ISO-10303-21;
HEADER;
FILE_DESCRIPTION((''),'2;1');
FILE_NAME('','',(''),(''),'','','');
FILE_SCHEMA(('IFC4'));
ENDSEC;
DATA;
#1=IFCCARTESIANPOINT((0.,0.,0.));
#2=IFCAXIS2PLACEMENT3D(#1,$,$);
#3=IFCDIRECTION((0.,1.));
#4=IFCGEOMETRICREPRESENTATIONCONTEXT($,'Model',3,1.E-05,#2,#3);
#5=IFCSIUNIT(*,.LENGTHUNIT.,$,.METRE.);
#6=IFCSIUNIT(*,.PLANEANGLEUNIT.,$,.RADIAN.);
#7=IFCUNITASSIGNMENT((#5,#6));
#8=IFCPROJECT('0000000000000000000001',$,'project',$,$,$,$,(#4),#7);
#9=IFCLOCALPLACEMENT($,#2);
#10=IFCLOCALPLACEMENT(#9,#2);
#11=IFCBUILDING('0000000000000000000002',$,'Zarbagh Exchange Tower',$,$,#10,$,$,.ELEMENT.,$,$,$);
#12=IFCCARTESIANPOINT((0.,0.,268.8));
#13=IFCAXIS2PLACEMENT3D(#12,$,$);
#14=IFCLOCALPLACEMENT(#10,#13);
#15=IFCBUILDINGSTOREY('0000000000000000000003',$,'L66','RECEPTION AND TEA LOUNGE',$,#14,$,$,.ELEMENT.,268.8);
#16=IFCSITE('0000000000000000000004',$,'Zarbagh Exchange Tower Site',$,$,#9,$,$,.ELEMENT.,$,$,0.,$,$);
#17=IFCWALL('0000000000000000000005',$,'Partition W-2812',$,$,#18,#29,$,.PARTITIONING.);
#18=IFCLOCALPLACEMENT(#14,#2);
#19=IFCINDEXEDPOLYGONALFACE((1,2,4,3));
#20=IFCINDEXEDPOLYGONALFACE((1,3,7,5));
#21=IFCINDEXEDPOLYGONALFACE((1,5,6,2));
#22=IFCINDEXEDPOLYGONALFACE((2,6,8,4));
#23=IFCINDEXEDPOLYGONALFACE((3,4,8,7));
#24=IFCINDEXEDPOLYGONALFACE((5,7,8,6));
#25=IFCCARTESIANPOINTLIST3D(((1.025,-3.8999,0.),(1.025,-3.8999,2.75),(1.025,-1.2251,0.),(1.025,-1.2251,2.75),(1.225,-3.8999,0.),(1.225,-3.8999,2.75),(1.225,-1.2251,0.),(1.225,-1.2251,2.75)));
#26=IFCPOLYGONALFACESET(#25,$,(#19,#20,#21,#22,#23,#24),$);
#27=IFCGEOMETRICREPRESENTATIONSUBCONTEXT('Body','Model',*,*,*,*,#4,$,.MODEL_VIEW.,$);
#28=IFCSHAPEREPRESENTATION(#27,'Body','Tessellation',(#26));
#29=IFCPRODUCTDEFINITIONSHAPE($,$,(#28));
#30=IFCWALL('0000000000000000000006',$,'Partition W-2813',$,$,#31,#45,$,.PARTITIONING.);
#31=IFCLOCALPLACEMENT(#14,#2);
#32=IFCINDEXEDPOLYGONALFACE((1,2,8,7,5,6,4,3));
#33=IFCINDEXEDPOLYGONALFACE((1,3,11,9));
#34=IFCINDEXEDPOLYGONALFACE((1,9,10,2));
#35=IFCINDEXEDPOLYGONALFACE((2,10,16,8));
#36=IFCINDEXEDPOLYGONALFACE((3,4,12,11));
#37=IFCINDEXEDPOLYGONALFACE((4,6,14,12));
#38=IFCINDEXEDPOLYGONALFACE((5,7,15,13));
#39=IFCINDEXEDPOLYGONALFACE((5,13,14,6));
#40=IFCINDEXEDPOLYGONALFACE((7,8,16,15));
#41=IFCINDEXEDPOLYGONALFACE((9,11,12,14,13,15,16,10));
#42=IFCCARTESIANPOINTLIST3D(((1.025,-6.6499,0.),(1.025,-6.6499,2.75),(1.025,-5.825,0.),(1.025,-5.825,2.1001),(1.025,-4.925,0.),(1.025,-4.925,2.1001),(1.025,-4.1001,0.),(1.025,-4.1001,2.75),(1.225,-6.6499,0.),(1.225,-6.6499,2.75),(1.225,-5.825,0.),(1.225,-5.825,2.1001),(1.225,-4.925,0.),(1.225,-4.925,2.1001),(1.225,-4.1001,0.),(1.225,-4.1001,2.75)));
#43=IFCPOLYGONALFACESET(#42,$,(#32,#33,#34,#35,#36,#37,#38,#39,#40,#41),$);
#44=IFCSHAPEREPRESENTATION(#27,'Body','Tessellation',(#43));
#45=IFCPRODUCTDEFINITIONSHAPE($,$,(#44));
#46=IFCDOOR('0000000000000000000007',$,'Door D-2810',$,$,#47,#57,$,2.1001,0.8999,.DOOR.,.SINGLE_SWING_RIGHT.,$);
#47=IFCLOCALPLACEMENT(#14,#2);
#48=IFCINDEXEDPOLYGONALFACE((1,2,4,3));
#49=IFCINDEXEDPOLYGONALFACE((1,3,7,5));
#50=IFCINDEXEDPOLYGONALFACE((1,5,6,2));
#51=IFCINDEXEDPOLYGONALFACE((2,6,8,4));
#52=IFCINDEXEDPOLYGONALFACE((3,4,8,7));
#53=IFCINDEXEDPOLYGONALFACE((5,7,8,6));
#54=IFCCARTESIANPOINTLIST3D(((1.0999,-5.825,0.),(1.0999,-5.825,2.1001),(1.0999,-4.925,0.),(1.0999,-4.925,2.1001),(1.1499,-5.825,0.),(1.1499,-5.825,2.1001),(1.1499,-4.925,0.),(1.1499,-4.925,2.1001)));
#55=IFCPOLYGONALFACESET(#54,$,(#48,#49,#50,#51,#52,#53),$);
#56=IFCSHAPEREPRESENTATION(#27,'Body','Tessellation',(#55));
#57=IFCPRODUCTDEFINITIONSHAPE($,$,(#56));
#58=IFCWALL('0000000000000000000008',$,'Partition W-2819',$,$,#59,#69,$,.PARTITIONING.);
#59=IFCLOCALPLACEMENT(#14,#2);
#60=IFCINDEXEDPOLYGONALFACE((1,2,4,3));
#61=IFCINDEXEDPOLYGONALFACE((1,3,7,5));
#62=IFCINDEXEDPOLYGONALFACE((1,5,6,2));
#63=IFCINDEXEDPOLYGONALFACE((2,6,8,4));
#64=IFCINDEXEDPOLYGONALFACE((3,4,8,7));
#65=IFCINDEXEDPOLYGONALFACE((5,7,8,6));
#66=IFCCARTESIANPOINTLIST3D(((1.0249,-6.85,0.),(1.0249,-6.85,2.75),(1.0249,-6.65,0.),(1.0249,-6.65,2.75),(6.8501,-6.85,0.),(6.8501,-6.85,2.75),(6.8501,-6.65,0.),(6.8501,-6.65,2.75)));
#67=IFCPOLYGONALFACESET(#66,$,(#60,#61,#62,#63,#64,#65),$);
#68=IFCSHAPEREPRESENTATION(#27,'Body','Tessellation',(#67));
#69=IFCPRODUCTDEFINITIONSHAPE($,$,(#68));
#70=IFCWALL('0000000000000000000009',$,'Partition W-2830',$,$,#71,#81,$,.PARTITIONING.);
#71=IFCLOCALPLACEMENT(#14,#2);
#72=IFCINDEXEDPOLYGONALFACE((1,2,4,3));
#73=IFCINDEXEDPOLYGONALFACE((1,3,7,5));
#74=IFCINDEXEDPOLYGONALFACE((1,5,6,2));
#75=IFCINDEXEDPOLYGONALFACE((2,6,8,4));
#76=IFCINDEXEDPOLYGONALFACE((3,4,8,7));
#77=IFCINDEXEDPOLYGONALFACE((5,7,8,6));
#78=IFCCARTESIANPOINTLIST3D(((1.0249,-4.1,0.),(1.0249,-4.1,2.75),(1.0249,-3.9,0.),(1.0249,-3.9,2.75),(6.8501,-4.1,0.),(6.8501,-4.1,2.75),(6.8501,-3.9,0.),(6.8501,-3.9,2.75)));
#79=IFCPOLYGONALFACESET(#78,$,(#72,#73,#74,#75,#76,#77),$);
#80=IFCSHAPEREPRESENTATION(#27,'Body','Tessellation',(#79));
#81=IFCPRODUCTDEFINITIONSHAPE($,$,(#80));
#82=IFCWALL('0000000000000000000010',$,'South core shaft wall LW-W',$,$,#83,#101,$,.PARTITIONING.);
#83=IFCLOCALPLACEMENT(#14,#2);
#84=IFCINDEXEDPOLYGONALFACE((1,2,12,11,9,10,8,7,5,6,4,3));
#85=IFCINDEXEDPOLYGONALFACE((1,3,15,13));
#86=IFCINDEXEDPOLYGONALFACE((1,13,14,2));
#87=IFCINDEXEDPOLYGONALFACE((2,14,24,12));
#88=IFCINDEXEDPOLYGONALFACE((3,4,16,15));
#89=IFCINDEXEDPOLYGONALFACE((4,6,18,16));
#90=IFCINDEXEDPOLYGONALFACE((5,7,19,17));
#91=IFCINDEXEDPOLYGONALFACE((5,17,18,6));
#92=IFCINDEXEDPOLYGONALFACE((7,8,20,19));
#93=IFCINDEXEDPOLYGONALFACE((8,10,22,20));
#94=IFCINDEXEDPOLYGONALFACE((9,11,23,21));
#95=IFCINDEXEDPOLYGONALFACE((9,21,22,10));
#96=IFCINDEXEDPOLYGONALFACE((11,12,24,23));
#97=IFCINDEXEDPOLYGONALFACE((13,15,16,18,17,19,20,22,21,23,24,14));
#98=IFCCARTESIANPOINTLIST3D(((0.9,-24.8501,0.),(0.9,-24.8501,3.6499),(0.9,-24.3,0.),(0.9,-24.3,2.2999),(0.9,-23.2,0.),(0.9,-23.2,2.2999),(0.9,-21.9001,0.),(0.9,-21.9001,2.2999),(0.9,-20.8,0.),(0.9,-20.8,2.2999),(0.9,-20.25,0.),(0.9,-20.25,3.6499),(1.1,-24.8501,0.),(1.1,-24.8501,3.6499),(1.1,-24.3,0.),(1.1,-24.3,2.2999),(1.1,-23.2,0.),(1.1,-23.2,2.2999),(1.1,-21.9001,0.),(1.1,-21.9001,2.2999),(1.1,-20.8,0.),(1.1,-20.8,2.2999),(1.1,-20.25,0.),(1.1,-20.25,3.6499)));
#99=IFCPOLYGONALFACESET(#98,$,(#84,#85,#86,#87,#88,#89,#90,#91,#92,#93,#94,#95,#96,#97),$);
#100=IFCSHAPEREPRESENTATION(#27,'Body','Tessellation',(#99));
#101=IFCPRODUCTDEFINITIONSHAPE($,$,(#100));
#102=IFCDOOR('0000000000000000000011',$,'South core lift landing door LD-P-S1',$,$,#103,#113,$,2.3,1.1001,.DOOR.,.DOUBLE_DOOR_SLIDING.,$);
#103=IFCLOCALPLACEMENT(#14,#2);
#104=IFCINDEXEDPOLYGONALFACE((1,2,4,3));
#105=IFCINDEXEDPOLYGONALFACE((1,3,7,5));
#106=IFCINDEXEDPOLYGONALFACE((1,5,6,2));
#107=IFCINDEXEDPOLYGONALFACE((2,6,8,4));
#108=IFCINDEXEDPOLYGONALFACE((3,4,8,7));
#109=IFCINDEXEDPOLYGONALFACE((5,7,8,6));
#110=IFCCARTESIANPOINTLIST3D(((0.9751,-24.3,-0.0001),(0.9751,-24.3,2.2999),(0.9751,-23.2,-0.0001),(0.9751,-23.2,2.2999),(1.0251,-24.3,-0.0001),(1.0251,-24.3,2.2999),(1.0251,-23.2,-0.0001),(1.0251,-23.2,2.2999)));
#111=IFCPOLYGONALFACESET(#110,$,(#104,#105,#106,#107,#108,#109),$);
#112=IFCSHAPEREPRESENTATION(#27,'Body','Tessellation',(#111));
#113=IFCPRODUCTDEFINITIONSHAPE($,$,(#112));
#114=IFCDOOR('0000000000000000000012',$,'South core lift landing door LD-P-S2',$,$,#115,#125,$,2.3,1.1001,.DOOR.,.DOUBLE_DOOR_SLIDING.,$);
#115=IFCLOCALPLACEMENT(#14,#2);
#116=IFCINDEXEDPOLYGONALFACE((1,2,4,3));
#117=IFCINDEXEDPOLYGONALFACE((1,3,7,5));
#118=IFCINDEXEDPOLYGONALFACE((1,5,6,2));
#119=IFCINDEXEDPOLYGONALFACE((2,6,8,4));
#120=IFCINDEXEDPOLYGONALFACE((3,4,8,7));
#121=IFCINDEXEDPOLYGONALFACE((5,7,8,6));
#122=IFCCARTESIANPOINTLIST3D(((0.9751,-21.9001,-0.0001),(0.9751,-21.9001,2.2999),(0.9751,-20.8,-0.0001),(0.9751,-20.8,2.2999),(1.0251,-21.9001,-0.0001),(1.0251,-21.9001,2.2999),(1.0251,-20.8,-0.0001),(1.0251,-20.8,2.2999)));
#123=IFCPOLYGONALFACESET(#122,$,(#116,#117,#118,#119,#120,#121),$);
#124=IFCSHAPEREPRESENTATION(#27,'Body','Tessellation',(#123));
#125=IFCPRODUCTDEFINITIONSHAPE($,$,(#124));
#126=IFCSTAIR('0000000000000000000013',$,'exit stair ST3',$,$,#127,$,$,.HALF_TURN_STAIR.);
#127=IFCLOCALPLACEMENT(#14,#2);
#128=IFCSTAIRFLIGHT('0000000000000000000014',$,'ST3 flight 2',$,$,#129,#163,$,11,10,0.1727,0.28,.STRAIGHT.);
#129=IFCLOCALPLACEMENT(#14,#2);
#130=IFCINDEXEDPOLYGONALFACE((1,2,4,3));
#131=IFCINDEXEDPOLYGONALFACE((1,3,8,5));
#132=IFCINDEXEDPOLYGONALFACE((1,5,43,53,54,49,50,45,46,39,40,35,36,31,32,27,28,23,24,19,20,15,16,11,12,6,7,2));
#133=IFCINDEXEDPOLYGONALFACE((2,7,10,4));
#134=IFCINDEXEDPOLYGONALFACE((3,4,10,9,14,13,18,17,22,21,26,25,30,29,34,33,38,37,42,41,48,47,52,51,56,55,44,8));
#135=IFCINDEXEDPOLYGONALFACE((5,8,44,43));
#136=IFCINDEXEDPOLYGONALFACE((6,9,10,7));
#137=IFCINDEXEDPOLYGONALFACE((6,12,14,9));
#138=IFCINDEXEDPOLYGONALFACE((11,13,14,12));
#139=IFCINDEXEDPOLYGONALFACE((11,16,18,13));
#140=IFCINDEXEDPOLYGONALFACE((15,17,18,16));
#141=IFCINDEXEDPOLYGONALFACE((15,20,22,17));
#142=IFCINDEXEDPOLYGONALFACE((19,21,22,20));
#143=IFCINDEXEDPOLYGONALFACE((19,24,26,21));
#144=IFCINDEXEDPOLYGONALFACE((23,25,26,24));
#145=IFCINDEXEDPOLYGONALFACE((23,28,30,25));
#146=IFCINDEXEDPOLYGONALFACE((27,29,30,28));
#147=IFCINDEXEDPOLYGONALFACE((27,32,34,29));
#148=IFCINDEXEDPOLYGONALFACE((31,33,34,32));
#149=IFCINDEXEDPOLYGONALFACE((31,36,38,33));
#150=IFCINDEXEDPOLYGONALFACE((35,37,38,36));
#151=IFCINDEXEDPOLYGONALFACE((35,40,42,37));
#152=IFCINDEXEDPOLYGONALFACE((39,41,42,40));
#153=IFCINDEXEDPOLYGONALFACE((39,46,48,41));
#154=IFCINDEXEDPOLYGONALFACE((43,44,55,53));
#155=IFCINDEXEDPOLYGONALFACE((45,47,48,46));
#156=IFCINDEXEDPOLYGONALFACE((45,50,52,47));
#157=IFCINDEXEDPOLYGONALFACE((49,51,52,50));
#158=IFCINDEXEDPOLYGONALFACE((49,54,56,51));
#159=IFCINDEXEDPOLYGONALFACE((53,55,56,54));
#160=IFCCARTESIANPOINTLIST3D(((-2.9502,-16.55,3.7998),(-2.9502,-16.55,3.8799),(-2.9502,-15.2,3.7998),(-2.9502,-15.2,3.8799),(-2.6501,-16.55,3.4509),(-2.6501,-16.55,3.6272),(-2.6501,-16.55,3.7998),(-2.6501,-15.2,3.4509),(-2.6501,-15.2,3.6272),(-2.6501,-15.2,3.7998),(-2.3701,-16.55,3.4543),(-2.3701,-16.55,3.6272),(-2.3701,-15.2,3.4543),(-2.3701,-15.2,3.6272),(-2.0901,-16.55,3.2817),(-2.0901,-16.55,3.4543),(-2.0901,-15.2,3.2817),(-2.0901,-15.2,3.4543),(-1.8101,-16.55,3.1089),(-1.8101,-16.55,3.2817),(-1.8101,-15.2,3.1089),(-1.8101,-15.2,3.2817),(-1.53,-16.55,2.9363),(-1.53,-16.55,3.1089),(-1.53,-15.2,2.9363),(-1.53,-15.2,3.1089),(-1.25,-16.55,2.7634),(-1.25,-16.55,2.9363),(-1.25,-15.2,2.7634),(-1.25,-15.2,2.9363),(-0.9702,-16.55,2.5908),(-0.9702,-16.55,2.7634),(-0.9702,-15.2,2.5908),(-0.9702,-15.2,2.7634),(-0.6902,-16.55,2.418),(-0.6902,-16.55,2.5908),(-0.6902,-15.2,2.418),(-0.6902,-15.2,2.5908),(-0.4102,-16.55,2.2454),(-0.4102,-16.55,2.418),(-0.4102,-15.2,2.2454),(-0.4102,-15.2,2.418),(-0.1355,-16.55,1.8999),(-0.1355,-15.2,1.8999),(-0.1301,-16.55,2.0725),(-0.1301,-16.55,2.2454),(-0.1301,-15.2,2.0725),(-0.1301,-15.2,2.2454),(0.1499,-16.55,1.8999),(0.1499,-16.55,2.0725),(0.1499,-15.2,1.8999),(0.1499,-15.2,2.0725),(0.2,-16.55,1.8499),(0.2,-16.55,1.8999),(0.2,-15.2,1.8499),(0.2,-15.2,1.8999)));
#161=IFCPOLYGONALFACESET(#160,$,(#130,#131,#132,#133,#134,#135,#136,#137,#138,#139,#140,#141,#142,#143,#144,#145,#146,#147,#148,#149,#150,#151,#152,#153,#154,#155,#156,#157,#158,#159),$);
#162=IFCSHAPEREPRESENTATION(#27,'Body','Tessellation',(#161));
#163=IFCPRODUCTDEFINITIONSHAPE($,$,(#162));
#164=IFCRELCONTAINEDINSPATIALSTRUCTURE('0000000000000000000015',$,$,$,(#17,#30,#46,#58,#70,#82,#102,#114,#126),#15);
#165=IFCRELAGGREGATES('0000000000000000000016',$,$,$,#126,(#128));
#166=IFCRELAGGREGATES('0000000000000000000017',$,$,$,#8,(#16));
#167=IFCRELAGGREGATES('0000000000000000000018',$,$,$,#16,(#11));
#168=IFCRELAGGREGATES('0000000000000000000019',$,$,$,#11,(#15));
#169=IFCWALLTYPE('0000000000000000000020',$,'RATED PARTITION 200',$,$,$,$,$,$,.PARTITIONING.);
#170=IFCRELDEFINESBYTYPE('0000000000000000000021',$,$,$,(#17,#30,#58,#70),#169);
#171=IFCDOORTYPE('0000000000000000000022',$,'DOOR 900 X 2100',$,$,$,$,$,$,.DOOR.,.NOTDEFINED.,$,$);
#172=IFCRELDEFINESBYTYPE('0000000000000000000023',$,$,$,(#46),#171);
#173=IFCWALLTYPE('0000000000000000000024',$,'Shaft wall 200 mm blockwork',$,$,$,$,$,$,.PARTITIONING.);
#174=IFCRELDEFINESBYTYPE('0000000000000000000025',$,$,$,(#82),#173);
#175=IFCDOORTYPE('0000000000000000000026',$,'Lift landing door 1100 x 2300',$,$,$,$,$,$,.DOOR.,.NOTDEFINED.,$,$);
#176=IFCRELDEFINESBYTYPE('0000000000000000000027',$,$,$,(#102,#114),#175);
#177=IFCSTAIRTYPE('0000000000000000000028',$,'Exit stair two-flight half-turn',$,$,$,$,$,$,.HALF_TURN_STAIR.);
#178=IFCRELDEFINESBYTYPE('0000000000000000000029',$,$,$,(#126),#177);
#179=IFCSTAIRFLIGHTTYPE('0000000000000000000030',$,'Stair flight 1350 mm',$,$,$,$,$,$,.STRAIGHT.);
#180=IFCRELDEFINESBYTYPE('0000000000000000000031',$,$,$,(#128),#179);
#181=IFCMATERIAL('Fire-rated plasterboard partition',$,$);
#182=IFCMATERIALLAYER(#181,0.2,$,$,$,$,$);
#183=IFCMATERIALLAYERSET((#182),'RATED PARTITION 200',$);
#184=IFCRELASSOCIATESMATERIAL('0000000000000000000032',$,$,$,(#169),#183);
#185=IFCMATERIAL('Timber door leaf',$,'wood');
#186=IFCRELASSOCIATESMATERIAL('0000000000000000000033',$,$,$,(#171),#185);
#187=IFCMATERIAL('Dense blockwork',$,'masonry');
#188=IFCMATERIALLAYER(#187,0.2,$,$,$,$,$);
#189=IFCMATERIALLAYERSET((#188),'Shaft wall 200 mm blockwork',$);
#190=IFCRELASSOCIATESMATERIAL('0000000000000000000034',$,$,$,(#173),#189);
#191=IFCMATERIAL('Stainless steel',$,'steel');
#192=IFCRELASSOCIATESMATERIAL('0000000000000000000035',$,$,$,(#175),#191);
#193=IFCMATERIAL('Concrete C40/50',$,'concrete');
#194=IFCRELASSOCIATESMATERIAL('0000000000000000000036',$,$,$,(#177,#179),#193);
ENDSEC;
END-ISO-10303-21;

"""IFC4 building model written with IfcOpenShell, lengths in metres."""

from ifc_helpers import new_model, si_unit, direction, frame, frame_2d, origin, place, context, subcontext, project, spatial, polyline, rectangle, outline, extrude, material, layer, layer_set, type_object, element, fill, aggregate, save


model = new_model("IFC4")

# Units and contexts
model_context = context("Model", 3, precision=1e-05, world=origin(), true_north=direction((0.0, 1.0)))
body_context = subcontext(model_context, "Body", "Model", "MODEL_VIEW")
ifc_project = project(units=[si_unit("LENGTHUNIT", "METRE"), si_unit("PLANEANGLEUNIT", "RADIAN")], contexts=[model_context])

# Site, building, storey
site_placement = place(None, origin())
site = spatial("IfcSite", under=ifc_project, at=site_placement, Name="Zarbagh Exchange Tower Site", CompositionType="ELEMENT", RefElevation=0.0)
building_placement = place(site_placement, origin())
building = spatial("IfcBuilding", under=site, at=building_placement, Name="Zarbagh Exchange Tower", CompositionType="ELEMENT")
storey_placement = place(building_placement, frame((0.0, 0.0, 268.8)))
storey = spatial("IfcBuildingStorey", under=building, at=storey_placement, Name="L66", Description="RECEPTION AND TEA LOUNGE", CompositionType="ELEMENT", Elevation=268.8)

# Wall
ifc_material_1 = material(Name="Fire-rated plasterboard partition")
ifc_layer_1 = layer(ifc_material_1, 0.2)
ifc_layer_set_1 = layer_set([ifc_layer_1], Name="RATED PARTITION 200")
wall_type_1 = type_object("IfcWallType", Name="RATED PARTITION 200", PredefinedType="PARTITIONING", material=ifc_layer_set_1)
wall_1_placement = place(storey_placement, frame((1.125, -3.8999, 0.0), z_axis=(0.0, 0.0, 1.0), x_axis=(0.0, 1.0, 0.0)))
element("IfcWall", 1, at=wall_1_placement, inside=storey, type_object=wall_type_1, Name="Partition W-2812", PredefinedType="PARTITIONING", context=body_context, shape_type="SweptSolid", body=[
    extrude(rectangle(XDim=2.6748, YDim=0.2, at=frame_2d((1.3374, 0.0))), origin(), (0.0, 0.0, 1.0), 2.75),
])

# Wall, opening, door
wall_2_placement = place(storey_placement, frame((1.125, -4.1001, 0.0), z_axis=(0.0, 0.0, 1.0), x_axis=(0.0, -1.0, 0.0)))
wall_2 = element("IfcWall", 2, at=wall_2_placement, inside=storey, type_object=wall_type_1, Name="Partition W-2813", PredefinedType="PARTITIONING", context=body_context, shape_type="SweptSolid", body=[
    extrude(rectangle(XDim=2.5498, YDim=0.2, at=frame_2d((1.2749, 0.0))), origin(), (0.0, 0.0, 1.0), 2.75),
])
opening_1_placement = place(wall_2_placement, frame((0.825, 0.0, 0.0)))
opening_1 = element("IfcOpeningElement", 3, at=opening_1_placement, cuts=wall_2, PredefinedType="OPENING", context=body_context, shape_type="SweptSolid", body=[
    extrude(rectangle(XDim=0.8999, YDim=2.1001, at=frame_2d((0.45, 1.05))), frame((0.0, 0.1099, 0.0), z_axis=(0.0, -1.0, 0.0), x_axis=(1.0, 0.0, 0.0)), (0.0, 0.0, 1.0), 0.22),
])
ifc_material_2 = material(Name="Timber door leaf", Category="wood")
door_type_1 = type_object("IfcDoorType", Name="DOOR 900 X 2100", OperationType="NOTDEFINED", PredefinedType="DOOR", material=ifc_material_2)
door_1_placement = place(opening_1_placement, origin())
door_1 = element("IfcDoor", 4, at=door_1_placement, inside=storey, type_object=door_type_1, Name="Door D-2810", OperationType="SINGLE_SWING_RIGHT", OverallHeight=2.1001, OverallWidth=0.8999, PredefinedType="DOOR", context=body_context, shape_type="SweptSolid", body=[
    extrude(rectangle(XDim=0.8999, YDim=2.1001, at=frame_2d((0.45, 1.05))), frame((0.0, 0.0249, 0.0), z_axis=(0.0, -1.0, 0.0), x_axis=(1.0, 0.0, 0.0)), (0.0, 0.0, 1.0), 0.05),
])
fill(opening_1, door_1)

# Walls
for number, where, z_axis, x_axis, name in (
    (5, (1.0249, -6.75, 0.0), (0.0, 0.0, 1.0), (1.0, 0.0, 0.0), "Partition W-2819"),
    (6, (1.0249, -4.0, 0.0), (0.0, 0.0, 1.0), (1.0, 0.0, 0.0), "Partition W-2830"),
):
    element("IfcWall", number, at=place(storey_placement, frame(where, z_axis=z_axis, x_axis=x_axis)), inside=storey, type_object=wall_type_1, Name=name, PredefinedType="PARTITIONING", context=body_context, shape_type="SweptSolid", body=[
        extrude(rectangle(XDim=5.8252, YDim=0.2, at=frame_2d((2.9126, 0.0))), origin(), (0.0, 0.0, 1.0), 2.75),
    ])

# Wall, openings, doors
ifc_material_3 = material(Name="Dense blockwork", Category="masonry")
ifc_layer_2 = layer(ifc_material_3, 0.2)
ifc_layer_set_2 = layer_set([ifc_layer_2], Name="Shaft wall 200 mm blockwork")
wall_type_2 = type_object("IfcWallType", Name="Shaft wall 200 mm blockwork", PredefinedType="PARTITIONING", material=ifc_layer_set_2)
wall_3_placement = place(storey_placement, frame((1.0, -24.8501, 0.0), z_axis=(0.0, 0.0, 1.0), x_axis=(0.0, 1.0, 0.0)))
wall_3 = element("IfcWall", 7, at=wall_3_placement, inside=storey, type_object=wall_type_2, Name="South core shaft wall LW-W", PredefinedType="PARTITIONING", context=body_context, shape_type="SweptSolid", body=[
    extrude(rectangle(XDim=4.6001, YDim=0.2, at=frame_2d((2.3, 0.0))), origin(), (0.0, 0.0, 1.0), 3.6499),
])
opening_2_placement = place(wall_3_placement, frame((0.55, 0.0, 0.0)))
opening_2 = element("IfcOpeningElement", 8, at=opening_2_placement, cuts=wall_3, PredefinedType="OPENING", context=body_context, shape_type="SweptSolid", body=[
    extrude(rectangle(XDim=1.1001, YDim=2.3, at=frame_2d((0.55, 1.1499))), frame((0.0, 0.1099, 0.0), z_axis=(0.0, -1.0, 0.0), x_axis=(1.0, 0.0, 0.0)), (0.0, 0.0, 1.0), 0.22),
])
opening_3_placement = place(wall_3_placement, frame((2.95, 0.0, 0.0)))
opening_3 = element("IfcOpeningElement", 9, at=opening_3_placement, cuts=wall_3, PredefinedType="OPENING", context=body_context, shape_type="SweptSolid", body=[
    extrude(rectangle(XDim=1.1001, YDim=2.3, at=frame_2d((0.55, 1.1499))), frame((0.0, 0.1099, 0.0), z_axis=(0.0, -1.0, 0.0), x_axis=(1.0, 0.0, 0.0)), (0.0, 0.0, 1.0), 0.22),
])
ifc_material_4 = material(Name="Stainless steel", Category="steel")
door_type_2 = type_object("IfcDoorType", Name="Lift landing door 1100 x 2300", OperationType="NOTDEFINED", PredefinedType="DOOR", material=ifc_material_4)
door_2_placement = place(opening_2_placement, origin())
door_2 = element("IfcDoor", 10, at=door_2_placement, inside=storey, type_object=door_type_2, Name="South core lift landing door LD-P-S1", OperationType="DOUBLE_DOOR_SLIDING", OverallHeight=2.3, OverallWidth=1.1001, PredefinedType="DOOR", context=body_context, shape_type="SweptSolid", body=[
    extrude(rectangle(XDim=1.1001, YDim=2.3, at=frame_2d((0.55, 1.1499))), frame((0.0, 0.0249, 0.0), z_axis=(0.0, -1.0, 0.0), x_axis=(1.0, 0.0, 0.0)), (0.0, 0.0, 1.0), 0.05),
])
fill(opening_2, door_2)
door_3_placement = place(opening_3_placement, origin())
door_3 = element("IfcDoor", 11, at=door_3_placement, inside=storey, type_object=door_type_2, Name="South core lift landing door LD-P-S2", OperationType="DOUBLE_DOOR_SLIDING", OverallHeight=2.3, OverallWidth=1.1001, PredefinedType="DOOR", context=body_context, shape_type="SweptSolid", body=[
    extrude(rectangle(XDim=1.1001, YDim=2.3, at=frame_2d((0.55, 1.1499))), frame((0.0, 0.0249, 0.0), z_axis=(0.0, -1.0, 0.0), x_axis=(1.0, 0.0, 0.0)), (0.0, 0.0, 1.0), 0.05),
])
fill(opening_3, door_3)

# Stair, stair flight
ifc_material_5 = material(Name="Concrete C40/50", Category="concrete")
stair_type = type_object("IfcStairType", Name="Exit stair two-flight half-turn", PredefinedType="HALF_TURN_STAIR", material=ifc_material_5)
stair_1_placement = place(storey_placement, origin())
stair_1 = element("IfcStair", 12, at=stair_1_placement, inside=storey, type_object=stair_type, Name="exit stair ST3", PredefinedType="HALF_TURN_STAIR")
stair_flight_type_1 = type_object("IfcStairFlightType", Name="Stair flight 1350 mm", PredefinedType="STRAIGHT", material=ifc_material_5)
stair_flight_1_placement = place(storey_placement, frame((0.1499, -15.875, 1.8999), z_axis=(0.0, 0.0, 1.0), x_axis=(-1.0, 0.0, 0.0)))
stair_flight_1 = element("IfcStairFlight", 13, at=stair_flight_1_placement, type_object=stair_flight_type_1, Name="ST3 flight 2", NumberOfRisers=11, NumberOfTreads=10, PredefinedType="STRAIGHT", RiserHeight=0.1727, TreadLength=0.28, context=body_context, shape_type="SweptSolid", body=[
    extrude(outline(polyline([(-0.05, -0.05), (-0.05, 0.0), (0.0, 0.0), (0.0, 0.1726), (0.28, 0.1726), (0.28, 0.3455), (0.5601, 0.3455), (0.5601, 0.5181), (0.8401, 0.5181), (0.8401, 0.6909), (1.1201, 0.6909), (1.1201, 0.8635), (1.3999, 0.8635), (1.3999, 1.0364), (1.6799, 1.0364), (1.6799, 1.209), (1.96, 1.209), (1.96, 1.3818), (2.24, 1.3818), (2.24, 1.5544), (2.52, 1.5544), (2.52, 1.7273), (2.8, 1.7273), (2.8, 1.8999), (3.1001, 1.98), (3.1001, 1.8999), (2.8, 1.551), (0.2854, 0.0), (-0.05, -0.05)])), frame((0.0, 0.675, 0.0), z_axis=(0.0, -1.0, 0.0), x_axis=(1.0, 0.0, 0.0)), (0.0, 0.0, 1.0), 1.3501),
])
aggregate(stair_1, [stair_flight_1])

save(model, "model.ifc")
